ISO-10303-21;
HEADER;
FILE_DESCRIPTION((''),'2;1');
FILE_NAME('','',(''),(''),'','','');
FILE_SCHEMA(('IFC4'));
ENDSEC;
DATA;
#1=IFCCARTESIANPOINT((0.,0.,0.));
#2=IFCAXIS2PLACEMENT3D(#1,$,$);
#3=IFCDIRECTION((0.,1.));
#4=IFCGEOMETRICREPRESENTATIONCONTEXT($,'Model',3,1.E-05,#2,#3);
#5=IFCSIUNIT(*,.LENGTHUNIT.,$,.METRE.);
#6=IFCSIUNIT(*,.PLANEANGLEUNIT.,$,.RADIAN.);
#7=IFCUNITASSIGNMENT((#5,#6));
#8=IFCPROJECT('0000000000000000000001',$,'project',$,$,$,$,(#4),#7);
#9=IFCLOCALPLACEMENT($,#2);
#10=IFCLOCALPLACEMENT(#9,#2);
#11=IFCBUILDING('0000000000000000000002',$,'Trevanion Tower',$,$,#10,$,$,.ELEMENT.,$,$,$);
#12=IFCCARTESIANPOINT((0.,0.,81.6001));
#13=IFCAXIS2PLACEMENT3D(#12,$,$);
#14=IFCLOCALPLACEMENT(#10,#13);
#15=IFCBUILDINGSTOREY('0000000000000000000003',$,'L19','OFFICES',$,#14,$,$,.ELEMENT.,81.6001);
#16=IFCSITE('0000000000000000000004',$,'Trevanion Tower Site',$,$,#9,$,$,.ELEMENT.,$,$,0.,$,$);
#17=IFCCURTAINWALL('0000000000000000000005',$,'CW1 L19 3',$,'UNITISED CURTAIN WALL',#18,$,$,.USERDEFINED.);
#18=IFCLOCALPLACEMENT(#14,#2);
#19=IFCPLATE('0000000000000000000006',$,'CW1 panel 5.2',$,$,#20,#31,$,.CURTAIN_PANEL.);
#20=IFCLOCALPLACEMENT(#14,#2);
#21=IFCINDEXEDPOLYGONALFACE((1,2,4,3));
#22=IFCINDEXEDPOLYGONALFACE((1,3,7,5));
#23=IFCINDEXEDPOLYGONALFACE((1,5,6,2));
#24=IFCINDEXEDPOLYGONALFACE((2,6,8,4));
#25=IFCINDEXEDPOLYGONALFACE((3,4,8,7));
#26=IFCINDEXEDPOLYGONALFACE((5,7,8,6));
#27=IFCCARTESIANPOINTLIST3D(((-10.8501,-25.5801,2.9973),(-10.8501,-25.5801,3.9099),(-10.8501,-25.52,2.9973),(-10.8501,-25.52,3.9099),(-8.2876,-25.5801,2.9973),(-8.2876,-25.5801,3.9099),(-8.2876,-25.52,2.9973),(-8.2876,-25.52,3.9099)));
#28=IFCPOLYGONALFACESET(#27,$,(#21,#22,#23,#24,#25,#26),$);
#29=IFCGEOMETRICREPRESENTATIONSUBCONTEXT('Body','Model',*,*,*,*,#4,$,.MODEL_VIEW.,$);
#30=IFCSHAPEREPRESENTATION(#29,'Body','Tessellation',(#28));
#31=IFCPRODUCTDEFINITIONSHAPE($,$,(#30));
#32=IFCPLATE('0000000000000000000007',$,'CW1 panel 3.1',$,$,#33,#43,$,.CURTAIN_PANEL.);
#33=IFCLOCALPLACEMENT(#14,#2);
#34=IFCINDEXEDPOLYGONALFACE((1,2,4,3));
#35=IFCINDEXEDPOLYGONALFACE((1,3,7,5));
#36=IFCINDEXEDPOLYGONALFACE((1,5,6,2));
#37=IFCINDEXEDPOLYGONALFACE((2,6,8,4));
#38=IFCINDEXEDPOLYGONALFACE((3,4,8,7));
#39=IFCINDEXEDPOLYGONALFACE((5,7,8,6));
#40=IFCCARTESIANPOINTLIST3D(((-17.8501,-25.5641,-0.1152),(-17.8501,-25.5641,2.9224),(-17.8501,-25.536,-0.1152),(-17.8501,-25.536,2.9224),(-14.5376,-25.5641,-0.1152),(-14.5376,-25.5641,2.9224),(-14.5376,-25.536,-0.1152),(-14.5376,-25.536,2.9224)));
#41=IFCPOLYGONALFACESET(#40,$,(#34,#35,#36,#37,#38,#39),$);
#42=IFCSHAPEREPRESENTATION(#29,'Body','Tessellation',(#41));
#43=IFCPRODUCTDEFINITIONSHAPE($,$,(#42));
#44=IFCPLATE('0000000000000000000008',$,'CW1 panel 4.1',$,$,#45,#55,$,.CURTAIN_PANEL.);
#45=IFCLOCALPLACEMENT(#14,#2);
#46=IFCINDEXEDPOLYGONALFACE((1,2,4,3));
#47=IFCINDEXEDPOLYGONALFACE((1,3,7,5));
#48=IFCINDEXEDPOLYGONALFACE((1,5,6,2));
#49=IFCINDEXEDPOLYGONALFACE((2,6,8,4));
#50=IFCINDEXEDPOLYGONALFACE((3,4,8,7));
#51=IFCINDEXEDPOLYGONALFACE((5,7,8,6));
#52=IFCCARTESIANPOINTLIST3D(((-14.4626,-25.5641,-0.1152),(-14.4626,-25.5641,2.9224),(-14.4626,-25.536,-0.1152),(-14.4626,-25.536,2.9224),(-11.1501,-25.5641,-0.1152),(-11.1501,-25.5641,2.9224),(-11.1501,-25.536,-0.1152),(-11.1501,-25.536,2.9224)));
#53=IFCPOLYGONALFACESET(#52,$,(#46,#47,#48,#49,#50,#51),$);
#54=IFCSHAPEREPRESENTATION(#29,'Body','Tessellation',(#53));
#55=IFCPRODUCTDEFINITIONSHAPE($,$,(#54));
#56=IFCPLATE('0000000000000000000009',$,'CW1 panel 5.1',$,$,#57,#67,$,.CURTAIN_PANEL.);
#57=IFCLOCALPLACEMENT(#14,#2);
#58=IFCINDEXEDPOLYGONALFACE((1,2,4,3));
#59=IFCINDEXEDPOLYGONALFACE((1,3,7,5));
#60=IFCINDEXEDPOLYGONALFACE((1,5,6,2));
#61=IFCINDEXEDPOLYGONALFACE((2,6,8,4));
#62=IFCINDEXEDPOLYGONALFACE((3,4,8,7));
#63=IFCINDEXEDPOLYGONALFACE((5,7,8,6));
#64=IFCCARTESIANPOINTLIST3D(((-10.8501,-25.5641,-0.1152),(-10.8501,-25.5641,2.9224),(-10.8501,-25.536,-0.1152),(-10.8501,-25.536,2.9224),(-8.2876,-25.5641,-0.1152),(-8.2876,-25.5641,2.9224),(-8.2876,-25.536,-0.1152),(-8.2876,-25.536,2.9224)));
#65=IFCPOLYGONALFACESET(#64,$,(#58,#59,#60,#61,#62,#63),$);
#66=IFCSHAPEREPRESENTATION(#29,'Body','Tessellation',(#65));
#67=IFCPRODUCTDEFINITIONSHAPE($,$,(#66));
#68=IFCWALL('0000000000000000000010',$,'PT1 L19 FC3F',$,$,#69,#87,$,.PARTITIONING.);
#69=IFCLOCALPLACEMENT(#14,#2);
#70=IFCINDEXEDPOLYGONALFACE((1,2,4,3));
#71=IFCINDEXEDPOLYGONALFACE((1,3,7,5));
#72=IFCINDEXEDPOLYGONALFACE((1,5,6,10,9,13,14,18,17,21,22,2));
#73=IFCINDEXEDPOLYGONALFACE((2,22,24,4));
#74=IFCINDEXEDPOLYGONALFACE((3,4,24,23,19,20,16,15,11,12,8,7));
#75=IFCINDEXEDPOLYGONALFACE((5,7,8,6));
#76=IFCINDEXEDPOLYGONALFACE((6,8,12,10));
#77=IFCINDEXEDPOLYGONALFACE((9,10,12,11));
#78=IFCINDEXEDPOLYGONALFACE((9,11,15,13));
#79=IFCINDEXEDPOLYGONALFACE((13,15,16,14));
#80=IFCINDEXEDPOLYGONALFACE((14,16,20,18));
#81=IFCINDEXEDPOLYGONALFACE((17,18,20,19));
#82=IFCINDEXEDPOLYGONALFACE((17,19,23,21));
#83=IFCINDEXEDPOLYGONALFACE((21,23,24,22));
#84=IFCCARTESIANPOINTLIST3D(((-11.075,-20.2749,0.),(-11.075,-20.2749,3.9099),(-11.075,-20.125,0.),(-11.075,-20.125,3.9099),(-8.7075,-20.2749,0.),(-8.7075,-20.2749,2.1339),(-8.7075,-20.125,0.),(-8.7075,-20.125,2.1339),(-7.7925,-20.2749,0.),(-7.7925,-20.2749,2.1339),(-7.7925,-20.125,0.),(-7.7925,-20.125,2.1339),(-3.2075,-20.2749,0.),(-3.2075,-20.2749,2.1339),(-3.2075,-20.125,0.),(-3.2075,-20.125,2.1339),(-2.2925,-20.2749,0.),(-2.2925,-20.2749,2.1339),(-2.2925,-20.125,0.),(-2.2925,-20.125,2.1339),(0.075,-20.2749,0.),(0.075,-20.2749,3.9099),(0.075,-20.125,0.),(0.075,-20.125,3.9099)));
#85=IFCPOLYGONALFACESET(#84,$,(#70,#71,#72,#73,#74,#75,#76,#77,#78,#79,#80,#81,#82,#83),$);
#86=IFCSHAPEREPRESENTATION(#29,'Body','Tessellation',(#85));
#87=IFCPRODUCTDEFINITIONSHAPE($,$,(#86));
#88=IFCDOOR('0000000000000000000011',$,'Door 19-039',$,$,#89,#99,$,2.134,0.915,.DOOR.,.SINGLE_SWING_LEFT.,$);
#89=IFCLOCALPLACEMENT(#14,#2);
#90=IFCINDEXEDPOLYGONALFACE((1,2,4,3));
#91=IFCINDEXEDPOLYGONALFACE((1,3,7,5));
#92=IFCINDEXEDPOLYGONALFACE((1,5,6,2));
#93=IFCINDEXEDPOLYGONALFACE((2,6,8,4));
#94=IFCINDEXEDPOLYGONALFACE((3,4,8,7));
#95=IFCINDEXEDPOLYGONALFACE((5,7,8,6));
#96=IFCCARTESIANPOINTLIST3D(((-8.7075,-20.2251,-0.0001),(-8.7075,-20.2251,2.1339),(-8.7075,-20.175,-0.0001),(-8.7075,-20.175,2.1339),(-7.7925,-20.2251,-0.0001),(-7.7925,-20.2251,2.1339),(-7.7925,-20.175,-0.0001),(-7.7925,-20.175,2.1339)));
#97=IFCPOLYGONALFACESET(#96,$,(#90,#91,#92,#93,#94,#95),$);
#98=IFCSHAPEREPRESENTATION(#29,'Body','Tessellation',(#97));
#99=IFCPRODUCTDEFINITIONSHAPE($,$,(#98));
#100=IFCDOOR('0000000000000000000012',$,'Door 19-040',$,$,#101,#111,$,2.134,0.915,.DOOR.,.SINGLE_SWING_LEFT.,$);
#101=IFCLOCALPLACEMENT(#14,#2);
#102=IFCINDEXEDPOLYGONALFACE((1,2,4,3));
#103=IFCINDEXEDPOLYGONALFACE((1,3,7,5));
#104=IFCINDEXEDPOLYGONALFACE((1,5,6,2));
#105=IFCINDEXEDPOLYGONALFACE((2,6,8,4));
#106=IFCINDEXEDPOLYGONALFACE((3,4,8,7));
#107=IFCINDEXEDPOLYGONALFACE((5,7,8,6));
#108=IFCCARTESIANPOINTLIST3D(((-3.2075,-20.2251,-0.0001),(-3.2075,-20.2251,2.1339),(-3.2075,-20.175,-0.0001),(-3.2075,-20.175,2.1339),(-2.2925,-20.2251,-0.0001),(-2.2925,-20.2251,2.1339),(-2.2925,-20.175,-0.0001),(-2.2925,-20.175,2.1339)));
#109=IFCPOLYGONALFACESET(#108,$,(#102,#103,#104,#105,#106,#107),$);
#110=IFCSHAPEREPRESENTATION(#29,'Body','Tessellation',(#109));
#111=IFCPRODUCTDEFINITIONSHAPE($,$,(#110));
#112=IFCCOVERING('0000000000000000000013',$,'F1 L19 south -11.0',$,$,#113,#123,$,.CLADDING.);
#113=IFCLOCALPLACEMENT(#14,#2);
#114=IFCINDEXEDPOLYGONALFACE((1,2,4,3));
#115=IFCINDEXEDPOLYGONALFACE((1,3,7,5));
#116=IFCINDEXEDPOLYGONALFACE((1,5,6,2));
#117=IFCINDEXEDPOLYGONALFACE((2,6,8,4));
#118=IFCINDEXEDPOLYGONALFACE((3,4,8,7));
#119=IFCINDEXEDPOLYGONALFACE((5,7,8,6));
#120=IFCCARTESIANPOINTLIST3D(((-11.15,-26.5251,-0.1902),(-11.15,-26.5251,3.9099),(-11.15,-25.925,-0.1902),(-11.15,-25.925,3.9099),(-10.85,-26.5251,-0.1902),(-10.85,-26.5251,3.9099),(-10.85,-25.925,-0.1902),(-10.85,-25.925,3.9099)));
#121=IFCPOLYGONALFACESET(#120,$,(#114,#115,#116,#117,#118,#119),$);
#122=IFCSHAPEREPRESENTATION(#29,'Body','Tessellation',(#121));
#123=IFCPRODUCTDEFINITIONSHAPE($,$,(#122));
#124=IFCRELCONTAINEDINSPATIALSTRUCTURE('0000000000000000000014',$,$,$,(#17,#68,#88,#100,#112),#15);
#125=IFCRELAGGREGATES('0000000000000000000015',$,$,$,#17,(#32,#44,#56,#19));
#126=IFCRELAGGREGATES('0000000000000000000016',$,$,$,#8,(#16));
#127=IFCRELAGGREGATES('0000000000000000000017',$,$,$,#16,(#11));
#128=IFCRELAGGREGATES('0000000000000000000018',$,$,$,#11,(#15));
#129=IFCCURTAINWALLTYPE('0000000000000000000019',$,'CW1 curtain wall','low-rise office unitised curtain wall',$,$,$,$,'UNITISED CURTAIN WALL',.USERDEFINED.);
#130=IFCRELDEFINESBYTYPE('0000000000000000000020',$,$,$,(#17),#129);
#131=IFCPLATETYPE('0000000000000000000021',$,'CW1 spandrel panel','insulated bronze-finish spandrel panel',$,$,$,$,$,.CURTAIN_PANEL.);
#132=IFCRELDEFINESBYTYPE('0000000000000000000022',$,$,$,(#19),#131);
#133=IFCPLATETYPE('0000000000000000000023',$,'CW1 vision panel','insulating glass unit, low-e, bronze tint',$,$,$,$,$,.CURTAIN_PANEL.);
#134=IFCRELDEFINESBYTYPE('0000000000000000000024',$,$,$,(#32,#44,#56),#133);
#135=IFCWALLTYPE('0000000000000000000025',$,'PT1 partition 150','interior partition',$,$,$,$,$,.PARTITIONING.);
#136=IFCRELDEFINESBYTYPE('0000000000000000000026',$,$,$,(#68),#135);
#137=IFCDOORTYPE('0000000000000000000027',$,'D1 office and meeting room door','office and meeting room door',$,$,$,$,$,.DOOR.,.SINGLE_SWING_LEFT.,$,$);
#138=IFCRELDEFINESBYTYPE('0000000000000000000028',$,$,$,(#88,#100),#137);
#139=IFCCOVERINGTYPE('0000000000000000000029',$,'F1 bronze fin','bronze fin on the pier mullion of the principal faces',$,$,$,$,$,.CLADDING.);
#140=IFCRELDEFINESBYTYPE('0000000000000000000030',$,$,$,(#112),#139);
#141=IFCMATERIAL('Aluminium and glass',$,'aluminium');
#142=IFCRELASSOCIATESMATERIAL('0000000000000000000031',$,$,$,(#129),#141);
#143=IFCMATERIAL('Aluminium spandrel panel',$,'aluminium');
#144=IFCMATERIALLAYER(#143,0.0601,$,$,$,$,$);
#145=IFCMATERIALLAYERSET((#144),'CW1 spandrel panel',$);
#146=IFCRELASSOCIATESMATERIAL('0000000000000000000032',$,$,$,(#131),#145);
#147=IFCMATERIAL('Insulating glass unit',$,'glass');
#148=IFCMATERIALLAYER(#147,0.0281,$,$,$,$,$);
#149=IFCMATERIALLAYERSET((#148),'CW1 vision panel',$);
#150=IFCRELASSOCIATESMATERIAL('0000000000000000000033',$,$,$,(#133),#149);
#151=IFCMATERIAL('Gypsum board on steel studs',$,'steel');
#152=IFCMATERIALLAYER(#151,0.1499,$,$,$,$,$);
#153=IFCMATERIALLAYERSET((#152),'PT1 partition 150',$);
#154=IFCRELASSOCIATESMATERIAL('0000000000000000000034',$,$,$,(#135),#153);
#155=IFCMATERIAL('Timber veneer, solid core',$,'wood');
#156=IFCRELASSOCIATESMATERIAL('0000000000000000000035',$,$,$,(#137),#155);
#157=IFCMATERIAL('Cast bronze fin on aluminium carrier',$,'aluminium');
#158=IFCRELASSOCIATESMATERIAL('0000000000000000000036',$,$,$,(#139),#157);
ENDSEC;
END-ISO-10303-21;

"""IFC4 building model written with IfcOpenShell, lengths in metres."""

from ifc_helpers import new_model, si_unit, direction, frame, frame_2d, origin, origin_2d, place, context, subcontext, project, spatial, rectangle, extrude, material, layer, layer_set, type_object, element, fill, aggregate, save


model = new_model("IFC4")

# Units and contexts
model_context = context("Model", 3, precision=1e-05, world=origin(), true_north=direction((0.0, 1.0)))
body_context = subcontext(model_context, "Body", "Model", "MODEL_VIEW")
ifc_project = project(units=[si_unit("LENGTHUNIT", "METRE"), si_unit("PLANEANGLEUNIT", "RADIAN")], contexts=[model_context])

# Site, building, storey
site_placement = place(None, origin())
site = spatial("IfcSite", under=ifc_project, at=site_placement, Name="Trevanion Tower Site", CompositionType="ELEMENT", RefElevation=0.0)
building_placement = place(site_placement, origin())
building = spatial("IfcBuilding", under=site, at=building_placement, Name="Trevanion Tower", CompositionType="ELEMENT")
storey_placement = place(building_placement, frame((0.0, 0.0, 81.6001)))
storey = spatial("IfcBuildingStorey", under=building, at=storey_placement, Name="L19", Description="OFFICES", CompositionType="ELEMENT", Elevation=81.6001)

# Curtain wall
ifc_material_1 = material(Name="Aluminium and glass", Category="aluminium")
curtain_wall_type = type_object("IfcCurtainWallType", Name="CW1 curtain wall", Description="low-rise office unitised curtain wall", ElementType="UNITISED CURTAIN WALL", PredefinedType="USERDEFINED", material=ifc_material_1)
curtain_wall_placement = place(storey_placement, origin())
curtain_wall = element("IfcCurtainWall", 1, at=curtain_wall_placement, inside=storey, type_object=curtain_wall_type, Name="CW1 L19 3", ObjectType="UNITISED CURTAIN WALL", PredefinedType="USERDEFINED")

# Plates
ifc_material_2 = material(Name="Aluminium spandrel panel", Category="aluminium")
ifc_layer_1 = layer(ifc_material_2, 0.0601)
ifc_layer_set_1 = layer_set([ifc_layer_1], Name="CW1 spandrel panel")
plate_type_1 = type_object("IfcPlateType", Name="CW1 spandrel panel", Description="insulated bronze-finish spandrel panel", PredefinedType="CURTAIN_PANEL", material=ifc_layer_set_1)
plate_1_placement = place(storey_placement, frame((-9.5688, -25.55, 2.9973), z_axis=(0.0, 0.0, 1.0), x_axis=(1.0, 0.0, 0.0)))
plate_1 = element("IfcPlate", 2, at=plate_1_placement, type_object=plate_type_1, Name="CW1 panel 5.2", PredefinedType="CURTAIN_PANEL", context=body_context, shape_type="SweptSolid", body=[
    extrude(rectangle(XDim=2.5625, YDim=0.0601, at=origin_2d()), origin(), (0.0, 0.0, 1.0), 0.9126),
])
ifc_material_3 = material(Name="Insulating glass unit", Category="glass")
ifc_layer_2 = layer(ifc_material_3, 0.0281)
ifc_layer_set_2 = layer_set([ifc_layer_2], Name="CW1 vision panel")
plate_type_2 = type_object("IfcPlateType", Name="CW1 vision panel", Description="insulating glass unit, low-e, bronze tint", PredefinedType="CURTAIN_PANEL", material=ifc_layer_set_2)
plate_2_placement = place(storey_placement, frame((-16.1938, -25.55, -0.1152), z_axis=(0.0, 0.0, 1.0), x_axis=(1.0, 0.0, 0.0)))
plate_2 = element("IfcPlate", 3, at=plate_2_placement, type_object=plate_type_2, Name="CW1 panel 3.1", PredefinedType="CURTAIN_PANEL", context=body_context, shape_type="SweptSolid", body=[
    extrude(rectangle(XDim=3.3125, YDim=0.0281, at=origin_2d()), origin(), (0.0, 0.0, 1.0), 3.0376),
])
plate_3_placement = place(storey_placement, frame((-12.8064, -25.55, -0.1152), z_axis=(0.0, 0.0, 1.0), x_axis=(1.0, 0.0, 0.0)))
plate_3 = element("IfcPlate", 4, at=plate_3_placement, type_object=plate_type_2, Name="CW1 panel 4.1", PredefinedType="CURTAIN_PANEL", context=body_context, shape_type="SweptSolid", body=[
    extrude(rectangle(XDim=3.3125, YDim=0.0281, at=origin_2d()), origin(), (0.0, 0.0, 1.0), 3.0376),
])
plate_4_placement = place(storey_placement, frame((-9.5688, -25.55, -0.1152), z_axis=(0.0, 0.0, 1.0), x_axis=(1.0, 0.0, 0.0)))
plate_4 = element("IfcPlate", 5, at=plate_4_placement, type_object=plate_type_2, Name="CW1 panel 5.1", PredefinedType="CURTAIN_PANEL", context=body_context, shape_type="SweptSolid", body=[
    extrude(rectangle(XDim=2.5625, YDim=0.0281, at=origin_2d()), origin(), (0.0, 0.0, 1.0), 3.0376),
])
aggregate(curtain_wall, [plate_2, plate_3, plate_4, plate_1])

# Wall, openings, doors
ifc_material_4 = material(Name="Gypsum board on steel studs", Category="steel")
ifc_layer_3 = layer(ifc_material_4, 0.1499)
ifc_layer_set_3 = layer_set([ifc_layer_3], Name="PT1 partition 150")
wall_type = type_object("IfcWallType", Name="PT1 partition 150", Description="interior partition", PredefinedType="PARTITIONING", material=ifc_layer_set_3)
wall_placement = place(storey_placement, frame((-11.075, -20.2, 0.0), z_axis=(0.0, 0.0, 1.0), x_axis=(1.0, 0.0, 0.0)))
wall = element("IfcWall", 6, at=wall_placement, inside=storey, type_object=wall_type, Name="PT1 L19 FC3F", PredefinedType="PARTITIONING", context=body_context, shape_type="SweptSolid", body=[
    extrude(rectangle(XDim=11.1499, YDim=0.1499, at=frame_2d((5.575, 0.0))), origin(), (0.0, 0.0, 1.0), 3.9099),
])
opening_1_placement = place(wall_placement, frame((2.3674, 0.0, 0.0)))
opening_1 = element("IfcOpeningElement", 7, at=opening_1_placement, cuts=wall, PredefinedType="OPENING", context=body_context, shape_type="SweptSolid", body=[
    extrude(rectangle(XDim=0.915, YDim=2.134, at=frame_2d((0.4575, 1.0669))), frame((0.0, 0.085, 0.0), z_axis=(0.0, -1.0, 0.0), x_axis=(1.0, 0.0, 0.0)), (0.0, 0.0, 1.0), 0.1699),
])
opening_2_placement = place(wall_placement, frame((7.8674, 0.0, 0.0)))
opening_2 = element("IfcOpeningElement", 8, at=opening_2_placement, cuts=wall, PredefinedType="OPENING", context=body_context, shape_type="SweptSolid", body=[
    extrude(rectangle(XDim=0.915, YDim=2.134, at=frame_2d((0.4575, 1.0669))), frame((0.0, 0.085, 0.0), z_axis=(0.0, -1.0, 0.0), x_axis=(1.0, 0.0, 0.0)), (0.0, 0.0, 1.0), 0.1699),
])
ifc_material_5 = material(Name="Timber veneer, solid core", Category="wood")
door_type = type_object("IfcDoorType", Name="D1 office and meeting room door", Description="office and meeting room door", OperationType="SINGLE_SWING_LEFT", PredefinedType="DOOR", material=ifc_material_5)
door_1_placement = place(opening_1_placement, origin())
door_1 = element("IfcDoor", 9, at=door_1_placement, inside=storey, type_object=door_type, Name="Door 19-039", OperationType="SINGLE_SWING_LEFT", OverallHeight=2.134, OverallWidth=0.915, PredefinedType="DOOR", context=body_context, shape_type="SweptSolid", body=[
    extrude(rectangle(XDim=0.915, YDim=2.134, at=frame_2d((0.4575, 1.0669))), frame((0.0, 0.0249, 0.0), z_axis=(0.0, -1.0, 0.0), x_axis=(1.0, 0.0, 0.0)), (0.0, 0.0, 1.0), 0.05),
])
fill(opening_1, door_1)
door_2_placement = place(opening_2_placement, origin())
door_2 = element("IfcDoor", 10, at=door_2_placement, inside=storey, type_object=door_type, Name="Door 19-040", OperationType="SINGLE_SWING_LEFT", OverallHeight=2.134, OverallWidth=0.915, PredefinedType="DOOR", context=body_context, shape_type="SweptSolid", body=[
    extrude(rectangle(XDim=0.915, YDim=2.134, at=frame_2d((0.4575, 1.0669))), frame((0.0, 0.0249, 0.0), z_axis=(0.0, -1.0, 0.0), x_axis=(1.0, 0.0, 0.0)), (0.0, 0.0, 1.0), 0.05),
])
fill(opening_2, door_2)

# Covering
ifc_material_6 = material(Name="Cast bronze fin on aluminium carrier", Category="aluminium")
covering_type = type_object("IfcCoveringType", Name="F1 bronze fin", Description="bronze fin on the pier mullion of the principal faces", PredefinedType="CLADDING", material=ifc_material_6)
covering_placement = place(storey_placement, frame((-11.0, -26.2251, -0.1902), z_axis=(0.0, 0.0, 1.0), x_axis=(1.0, 0.0, 0.0)))
element("IfcCovering", 11, at=covering_placement, inside=storey, type_object=covering_type, Name="F1 L19 south -11.0", PredefinedType="CLADDING", context=body_context, shape_type="SweptSolid", body=[
    extrude(rectangle(XDim=0.3, YDim=0.6001, at=origin_2d()), origin(), (0.0, 0.0, 1.0), 4.1001),
])

save(model, "model.ifc")
